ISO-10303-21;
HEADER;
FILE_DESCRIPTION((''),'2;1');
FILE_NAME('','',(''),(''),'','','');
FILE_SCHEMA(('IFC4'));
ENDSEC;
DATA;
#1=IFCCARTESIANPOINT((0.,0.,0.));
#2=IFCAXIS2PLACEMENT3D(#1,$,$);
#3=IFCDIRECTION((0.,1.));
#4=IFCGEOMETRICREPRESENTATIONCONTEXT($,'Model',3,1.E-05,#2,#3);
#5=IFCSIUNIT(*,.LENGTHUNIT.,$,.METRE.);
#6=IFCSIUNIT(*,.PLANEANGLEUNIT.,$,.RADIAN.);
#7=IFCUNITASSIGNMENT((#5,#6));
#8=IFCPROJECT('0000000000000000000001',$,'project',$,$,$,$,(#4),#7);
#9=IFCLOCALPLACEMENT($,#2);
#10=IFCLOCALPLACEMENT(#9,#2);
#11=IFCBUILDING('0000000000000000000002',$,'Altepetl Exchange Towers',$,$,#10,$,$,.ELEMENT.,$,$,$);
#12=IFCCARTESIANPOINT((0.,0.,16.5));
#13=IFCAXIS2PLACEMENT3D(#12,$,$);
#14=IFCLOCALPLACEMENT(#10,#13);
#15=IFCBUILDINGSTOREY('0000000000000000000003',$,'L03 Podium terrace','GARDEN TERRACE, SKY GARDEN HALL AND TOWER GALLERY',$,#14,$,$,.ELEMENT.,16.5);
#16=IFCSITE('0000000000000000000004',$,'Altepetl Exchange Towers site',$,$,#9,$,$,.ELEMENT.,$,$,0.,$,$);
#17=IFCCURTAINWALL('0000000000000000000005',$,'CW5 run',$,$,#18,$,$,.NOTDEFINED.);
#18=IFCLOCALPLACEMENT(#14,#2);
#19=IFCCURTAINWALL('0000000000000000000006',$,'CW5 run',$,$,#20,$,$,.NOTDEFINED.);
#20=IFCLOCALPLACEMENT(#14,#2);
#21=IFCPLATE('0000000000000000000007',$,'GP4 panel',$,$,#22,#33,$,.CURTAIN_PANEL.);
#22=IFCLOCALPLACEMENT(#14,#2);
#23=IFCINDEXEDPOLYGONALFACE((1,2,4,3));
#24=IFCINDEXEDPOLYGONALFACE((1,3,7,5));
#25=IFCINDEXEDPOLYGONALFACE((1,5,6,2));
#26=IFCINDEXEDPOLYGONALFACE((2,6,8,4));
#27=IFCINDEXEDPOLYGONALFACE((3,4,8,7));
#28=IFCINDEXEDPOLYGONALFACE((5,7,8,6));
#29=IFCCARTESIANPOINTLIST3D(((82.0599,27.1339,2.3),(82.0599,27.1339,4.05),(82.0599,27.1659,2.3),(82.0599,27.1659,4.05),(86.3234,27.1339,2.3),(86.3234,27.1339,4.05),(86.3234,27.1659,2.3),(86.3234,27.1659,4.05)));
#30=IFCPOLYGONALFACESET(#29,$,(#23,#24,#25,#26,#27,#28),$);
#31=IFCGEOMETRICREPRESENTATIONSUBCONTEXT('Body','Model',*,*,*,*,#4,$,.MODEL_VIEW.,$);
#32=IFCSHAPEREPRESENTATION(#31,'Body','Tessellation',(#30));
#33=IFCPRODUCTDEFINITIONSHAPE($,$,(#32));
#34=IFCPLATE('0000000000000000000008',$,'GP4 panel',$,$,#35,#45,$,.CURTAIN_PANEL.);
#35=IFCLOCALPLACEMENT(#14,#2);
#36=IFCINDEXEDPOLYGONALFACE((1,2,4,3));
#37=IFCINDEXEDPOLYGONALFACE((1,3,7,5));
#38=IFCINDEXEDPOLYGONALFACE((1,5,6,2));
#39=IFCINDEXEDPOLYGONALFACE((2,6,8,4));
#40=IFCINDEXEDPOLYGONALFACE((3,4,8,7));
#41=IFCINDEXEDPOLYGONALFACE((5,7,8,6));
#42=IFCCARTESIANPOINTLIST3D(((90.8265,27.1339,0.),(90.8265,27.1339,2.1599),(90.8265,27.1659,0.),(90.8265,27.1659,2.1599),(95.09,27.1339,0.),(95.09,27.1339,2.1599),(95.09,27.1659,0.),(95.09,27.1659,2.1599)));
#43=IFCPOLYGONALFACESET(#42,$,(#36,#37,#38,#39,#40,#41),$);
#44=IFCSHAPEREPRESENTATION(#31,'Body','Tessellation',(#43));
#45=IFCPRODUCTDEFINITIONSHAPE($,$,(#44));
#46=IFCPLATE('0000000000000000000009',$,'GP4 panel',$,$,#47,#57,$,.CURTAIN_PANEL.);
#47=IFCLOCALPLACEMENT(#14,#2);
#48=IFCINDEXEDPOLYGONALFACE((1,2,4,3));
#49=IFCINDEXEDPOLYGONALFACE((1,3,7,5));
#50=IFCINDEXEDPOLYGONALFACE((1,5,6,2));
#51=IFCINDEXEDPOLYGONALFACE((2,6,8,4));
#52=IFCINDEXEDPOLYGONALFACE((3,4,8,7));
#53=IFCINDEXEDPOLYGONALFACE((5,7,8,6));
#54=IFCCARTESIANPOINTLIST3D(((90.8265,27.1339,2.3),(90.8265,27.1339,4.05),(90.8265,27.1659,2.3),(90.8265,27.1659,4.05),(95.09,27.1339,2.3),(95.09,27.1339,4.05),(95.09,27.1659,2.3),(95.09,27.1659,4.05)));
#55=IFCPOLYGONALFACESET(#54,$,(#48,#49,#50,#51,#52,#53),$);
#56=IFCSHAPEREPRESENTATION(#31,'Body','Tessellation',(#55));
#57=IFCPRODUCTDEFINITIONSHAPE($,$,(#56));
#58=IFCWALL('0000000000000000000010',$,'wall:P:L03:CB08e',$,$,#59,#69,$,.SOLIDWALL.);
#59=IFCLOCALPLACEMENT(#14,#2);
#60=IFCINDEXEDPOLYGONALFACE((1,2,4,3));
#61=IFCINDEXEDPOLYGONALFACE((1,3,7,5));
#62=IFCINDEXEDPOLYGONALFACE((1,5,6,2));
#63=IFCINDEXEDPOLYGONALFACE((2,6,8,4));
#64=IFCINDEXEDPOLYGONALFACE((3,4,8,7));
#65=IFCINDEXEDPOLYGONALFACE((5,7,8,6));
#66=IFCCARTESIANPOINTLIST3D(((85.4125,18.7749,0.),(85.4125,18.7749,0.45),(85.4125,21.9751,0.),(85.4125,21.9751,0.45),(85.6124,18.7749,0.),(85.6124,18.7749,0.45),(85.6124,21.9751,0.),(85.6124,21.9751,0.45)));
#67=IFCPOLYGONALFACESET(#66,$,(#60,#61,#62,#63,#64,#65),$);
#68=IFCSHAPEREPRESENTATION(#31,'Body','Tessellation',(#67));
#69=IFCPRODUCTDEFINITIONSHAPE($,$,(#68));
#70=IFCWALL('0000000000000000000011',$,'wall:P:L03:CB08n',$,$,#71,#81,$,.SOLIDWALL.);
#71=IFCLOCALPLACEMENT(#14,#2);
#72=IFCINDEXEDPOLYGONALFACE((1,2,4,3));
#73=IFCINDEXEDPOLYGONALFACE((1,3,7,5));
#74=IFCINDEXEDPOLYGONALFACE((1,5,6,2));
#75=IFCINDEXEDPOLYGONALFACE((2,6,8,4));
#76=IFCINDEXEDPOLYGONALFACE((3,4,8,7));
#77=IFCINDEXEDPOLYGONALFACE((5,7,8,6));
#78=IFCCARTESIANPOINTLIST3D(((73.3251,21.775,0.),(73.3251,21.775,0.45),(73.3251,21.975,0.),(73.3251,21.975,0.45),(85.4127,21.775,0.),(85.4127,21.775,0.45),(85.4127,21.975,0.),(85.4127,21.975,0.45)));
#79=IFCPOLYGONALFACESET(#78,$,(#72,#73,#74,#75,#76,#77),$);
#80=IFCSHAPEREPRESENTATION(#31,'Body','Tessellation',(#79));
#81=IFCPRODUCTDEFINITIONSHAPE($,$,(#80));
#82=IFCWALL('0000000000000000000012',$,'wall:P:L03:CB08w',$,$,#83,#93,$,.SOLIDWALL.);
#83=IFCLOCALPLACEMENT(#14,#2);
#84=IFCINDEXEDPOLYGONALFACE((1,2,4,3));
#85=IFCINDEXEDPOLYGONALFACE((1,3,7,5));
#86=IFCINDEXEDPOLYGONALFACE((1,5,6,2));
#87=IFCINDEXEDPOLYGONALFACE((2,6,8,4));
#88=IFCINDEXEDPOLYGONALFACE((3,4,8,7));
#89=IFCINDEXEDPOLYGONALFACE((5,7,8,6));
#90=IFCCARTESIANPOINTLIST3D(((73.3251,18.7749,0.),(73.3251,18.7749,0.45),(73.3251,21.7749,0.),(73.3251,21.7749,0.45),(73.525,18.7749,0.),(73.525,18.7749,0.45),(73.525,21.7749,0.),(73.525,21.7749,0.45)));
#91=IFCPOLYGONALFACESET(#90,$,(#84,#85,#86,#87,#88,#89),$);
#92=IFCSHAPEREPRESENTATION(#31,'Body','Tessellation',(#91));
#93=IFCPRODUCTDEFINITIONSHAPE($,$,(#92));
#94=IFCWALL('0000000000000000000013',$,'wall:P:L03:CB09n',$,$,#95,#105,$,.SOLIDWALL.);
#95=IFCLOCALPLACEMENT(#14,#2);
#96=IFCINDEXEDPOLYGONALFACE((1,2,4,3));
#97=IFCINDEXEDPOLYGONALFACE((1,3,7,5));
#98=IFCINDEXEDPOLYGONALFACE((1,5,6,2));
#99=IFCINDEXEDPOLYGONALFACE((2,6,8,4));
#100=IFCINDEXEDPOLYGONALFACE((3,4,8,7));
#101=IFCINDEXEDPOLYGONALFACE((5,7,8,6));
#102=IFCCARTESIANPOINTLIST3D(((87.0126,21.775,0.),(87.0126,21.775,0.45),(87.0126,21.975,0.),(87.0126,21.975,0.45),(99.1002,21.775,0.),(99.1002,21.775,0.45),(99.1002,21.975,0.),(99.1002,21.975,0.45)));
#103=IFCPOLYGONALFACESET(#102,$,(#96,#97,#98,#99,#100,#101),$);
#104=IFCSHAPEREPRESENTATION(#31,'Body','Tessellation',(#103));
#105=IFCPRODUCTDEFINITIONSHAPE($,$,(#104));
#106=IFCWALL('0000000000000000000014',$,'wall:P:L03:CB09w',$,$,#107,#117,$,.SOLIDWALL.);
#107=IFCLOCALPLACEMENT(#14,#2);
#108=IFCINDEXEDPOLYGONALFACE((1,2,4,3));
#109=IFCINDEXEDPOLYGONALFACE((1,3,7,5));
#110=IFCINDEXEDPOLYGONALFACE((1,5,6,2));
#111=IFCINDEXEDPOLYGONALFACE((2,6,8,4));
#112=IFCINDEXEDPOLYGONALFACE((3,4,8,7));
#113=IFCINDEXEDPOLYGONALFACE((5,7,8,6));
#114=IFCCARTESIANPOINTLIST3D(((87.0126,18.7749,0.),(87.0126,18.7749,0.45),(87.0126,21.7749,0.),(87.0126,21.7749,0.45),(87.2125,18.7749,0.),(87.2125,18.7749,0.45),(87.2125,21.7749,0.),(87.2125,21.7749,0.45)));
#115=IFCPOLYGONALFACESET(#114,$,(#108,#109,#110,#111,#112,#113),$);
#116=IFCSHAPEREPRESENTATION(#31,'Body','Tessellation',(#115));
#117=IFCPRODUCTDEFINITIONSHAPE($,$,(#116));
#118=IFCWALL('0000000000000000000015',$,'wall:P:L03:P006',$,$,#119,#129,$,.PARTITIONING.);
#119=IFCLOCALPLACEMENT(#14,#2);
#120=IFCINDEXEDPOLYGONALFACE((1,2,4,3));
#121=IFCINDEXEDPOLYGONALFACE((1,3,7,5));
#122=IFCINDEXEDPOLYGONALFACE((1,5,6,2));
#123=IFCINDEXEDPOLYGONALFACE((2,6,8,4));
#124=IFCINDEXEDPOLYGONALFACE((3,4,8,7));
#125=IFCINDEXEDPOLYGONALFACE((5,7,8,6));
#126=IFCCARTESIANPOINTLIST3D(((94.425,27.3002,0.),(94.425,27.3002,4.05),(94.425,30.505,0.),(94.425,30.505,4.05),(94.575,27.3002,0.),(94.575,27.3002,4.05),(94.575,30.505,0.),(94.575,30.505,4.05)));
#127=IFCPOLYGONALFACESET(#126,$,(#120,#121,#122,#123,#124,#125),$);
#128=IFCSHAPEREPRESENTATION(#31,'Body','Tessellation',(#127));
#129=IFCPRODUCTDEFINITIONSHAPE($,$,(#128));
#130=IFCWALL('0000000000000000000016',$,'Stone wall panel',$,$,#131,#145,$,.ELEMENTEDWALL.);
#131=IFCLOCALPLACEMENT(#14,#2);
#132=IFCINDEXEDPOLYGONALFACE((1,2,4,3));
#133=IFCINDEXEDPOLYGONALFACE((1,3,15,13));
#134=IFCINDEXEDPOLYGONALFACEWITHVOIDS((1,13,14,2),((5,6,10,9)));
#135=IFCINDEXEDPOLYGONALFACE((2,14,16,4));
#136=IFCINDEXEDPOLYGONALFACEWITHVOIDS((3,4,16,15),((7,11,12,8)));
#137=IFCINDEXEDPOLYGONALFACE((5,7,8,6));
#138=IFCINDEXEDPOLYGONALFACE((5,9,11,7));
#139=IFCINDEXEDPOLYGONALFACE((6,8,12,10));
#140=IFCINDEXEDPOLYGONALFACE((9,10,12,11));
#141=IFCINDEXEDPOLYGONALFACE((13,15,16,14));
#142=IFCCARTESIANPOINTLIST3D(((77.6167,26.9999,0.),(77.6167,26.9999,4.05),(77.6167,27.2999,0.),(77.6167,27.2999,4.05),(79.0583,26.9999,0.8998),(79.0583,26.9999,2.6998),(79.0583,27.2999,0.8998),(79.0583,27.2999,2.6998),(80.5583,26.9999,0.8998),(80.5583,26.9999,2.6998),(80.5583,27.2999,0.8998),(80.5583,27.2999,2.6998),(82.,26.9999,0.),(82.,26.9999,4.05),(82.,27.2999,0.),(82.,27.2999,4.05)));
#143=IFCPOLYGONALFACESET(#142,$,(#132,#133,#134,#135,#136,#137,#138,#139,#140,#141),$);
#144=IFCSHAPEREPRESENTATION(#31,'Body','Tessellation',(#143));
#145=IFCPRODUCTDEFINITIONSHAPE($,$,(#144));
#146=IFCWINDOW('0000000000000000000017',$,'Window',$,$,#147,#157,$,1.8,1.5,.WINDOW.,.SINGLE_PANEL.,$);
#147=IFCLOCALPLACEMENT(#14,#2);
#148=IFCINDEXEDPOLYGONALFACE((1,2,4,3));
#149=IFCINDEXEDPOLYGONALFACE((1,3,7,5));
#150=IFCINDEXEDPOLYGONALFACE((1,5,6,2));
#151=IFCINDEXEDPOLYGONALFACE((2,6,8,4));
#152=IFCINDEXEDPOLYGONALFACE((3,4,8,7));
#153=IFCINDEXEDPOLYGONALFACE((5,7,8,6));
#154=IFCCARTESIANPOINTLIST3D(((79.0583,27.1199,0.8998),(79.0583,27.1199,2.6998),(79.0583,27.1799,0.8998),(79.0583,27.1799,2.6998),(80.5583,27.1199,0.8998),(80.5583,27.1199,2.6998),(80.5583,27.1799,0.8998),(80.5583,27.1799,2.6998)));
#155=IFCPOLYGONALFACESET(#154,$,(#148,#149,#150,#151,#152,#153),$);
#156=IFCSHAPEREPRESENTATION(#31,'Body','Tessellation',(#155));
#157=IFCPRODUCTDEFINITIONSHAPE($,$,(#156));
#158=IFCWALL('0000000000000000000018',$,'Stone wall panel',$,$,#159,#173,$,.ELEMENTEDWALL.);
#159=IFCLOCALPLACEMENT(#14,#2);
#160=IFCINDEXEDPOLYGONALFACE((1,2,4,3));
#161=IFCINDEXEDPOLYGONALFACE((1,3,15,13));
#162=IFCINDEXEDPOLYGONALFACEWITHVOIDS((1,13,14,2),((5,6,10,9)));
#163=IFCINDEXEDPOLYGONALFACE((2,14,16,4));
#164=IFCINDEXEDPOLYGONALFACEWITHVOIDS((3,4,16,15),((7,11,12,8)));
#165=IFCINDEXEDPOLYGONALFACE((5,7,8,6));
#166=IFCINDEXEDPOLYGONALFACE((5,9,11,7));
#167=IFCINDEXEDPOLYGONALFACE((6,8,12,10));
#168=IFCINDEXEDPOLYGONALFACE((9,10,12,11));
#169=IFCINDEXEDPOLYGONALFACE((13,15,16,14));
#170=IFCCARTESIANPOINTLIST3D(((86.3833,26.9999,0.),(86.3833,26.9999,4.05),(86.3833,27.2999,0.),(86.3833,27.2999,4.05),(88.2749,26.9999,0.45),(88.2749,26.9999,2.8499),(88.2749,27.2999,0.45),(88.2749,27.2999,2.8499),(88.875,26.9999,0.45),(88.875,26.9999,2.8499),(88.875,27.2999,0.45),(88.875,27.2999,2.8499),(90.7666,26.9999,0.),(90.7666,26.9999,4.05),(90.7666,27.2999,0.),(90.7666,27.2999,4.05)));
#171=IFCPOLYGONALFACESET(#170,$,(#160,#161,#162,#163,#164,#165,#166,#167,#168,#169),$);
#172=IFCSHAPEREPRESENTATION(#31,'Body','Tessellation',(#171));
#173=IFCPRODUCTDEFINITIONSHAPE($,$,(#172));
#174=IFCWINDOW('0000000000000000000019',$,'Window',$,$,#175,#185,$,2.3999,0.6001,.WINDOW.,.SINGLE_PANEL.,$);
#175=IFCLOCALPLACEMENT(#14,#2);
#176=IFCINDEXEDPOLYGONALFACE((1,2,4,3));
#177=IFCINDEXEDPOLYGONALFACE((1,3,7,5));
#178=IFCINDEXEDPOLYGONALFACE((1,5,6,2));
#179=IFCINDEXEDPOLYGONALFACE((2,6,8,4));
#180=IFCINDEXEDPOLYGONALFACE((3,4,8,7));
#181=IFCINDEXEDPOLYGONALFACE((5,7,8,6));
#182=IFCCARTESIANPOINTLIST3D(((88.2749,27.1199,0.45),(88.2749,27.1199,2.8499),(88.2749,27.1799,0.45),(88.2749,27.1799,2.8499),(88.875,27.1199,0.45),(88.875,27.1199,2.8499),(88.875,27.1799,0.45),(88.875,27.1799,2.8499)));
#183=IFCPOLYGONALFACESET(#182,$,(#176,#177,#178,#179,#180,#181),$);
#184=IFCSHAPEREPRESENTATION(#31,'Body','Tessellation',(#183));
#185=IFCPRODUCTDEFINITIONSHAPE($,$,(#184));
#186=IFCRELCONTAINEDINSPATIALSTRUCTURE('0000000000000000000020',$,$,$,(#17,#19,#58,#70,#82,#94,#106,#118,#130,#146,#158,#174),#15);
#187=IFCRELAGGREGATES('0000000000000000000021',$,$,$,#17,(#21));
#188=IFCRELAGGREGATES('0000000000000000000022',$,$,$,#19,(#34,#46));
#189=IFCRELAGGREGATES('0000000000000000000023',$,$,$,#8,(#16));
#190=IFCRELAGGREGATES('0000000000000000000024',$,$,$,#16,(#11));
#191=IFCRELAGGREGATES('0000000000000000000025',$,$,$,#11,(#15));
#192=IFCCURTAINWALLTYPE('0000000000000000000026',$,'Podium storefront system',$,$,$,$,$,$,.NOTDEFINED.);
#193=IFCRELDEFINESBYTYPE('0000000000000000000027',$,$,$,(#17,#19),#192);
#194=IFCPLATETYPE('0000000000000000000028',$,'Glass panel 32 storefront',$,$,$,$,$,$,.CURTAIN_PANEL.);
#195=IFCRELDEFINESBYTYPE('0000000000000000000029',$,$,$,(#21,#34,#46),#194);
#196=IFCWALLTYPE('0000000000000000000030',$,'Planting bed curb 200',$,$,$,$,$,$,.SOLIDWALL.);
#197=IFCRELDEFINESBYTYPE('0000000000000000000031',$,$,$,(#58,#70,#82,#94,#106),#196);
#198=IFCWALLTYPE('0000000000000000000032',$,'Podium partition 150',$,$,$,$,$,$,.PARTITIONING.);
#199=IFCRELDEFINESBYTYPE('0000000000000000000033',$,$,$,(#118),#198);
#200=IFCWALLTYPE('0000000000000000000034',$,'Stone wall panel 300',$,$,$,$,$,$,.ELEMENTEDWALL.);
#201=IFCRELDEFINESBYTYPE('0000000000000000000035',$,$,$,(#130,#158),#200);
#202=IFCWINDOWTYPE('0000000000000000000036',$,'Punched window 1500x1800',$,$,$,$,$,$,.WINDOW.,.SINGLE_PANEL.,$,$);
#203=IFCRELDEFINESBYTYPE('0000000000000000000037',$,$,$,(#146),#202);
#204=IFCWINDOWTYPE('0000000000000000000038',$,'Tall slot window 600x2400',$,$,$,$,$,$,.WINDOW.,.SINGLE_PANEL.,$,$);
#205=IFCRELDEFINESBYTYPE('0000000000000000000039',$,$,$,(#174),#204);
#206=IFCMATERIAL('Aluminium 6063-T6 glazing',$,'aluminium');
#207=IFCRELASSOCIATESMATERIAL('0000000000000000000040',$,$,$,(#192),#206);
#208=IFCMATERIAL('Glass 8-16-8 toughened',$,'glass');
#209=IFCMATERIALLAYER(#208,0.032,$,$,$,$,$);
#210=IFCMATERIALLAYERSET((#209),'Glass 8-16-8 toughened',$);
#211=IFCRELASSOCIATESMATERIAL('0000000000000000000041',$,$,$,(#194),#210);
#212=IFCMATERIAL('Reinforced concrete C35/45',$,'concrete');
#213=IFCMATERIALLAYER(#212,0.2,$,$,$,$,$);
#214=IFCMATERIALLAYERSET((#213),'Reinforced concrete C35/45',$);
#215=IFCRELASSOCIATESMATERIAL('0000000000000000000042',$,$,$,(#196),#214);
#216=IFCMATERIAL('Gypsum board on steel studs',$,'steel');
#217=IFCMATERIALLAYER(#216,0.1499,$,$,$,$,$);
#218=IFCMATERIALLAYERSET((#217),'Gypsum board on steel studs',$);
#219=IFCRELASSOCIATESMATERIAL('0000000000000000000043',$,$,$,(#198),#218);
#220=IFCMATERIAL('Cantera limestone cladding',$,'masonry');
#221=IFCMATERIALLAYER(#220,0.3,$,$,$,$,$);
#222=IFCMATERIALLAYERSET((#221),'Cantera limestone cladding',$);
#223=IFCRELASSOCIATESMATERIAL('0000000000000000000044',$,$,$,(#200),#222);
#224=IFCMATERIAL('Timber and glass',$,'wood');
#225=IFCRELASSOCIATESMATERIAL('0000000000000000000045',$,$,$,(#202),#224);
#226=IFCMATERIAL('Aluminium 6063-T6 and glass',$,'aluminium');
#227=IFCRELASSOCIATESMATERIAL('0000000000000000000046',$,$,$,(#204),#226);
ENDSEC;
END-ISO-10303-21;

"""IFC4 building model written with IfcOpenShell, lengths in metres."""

from ifc_helpers import new_model, si_unit, direction, frame, frame_2d, origin, origin_2d, place, context, subcontext, project, spatial, rectangle, extrude, material, layer, layer_set, type_object, element, fill, aggregate, save


model = new_model("IFC4")

# Units and contexts
model_context = context("Model", 3, precision=1e-05, world=origin(), true_north=direction((0.0, 1.0)))
body_context = subcontext(model_context, "Body", "Model", "MODEL_VIEW")
ifc_project = project(units=[si_unit("LENGTHUNIT", "METRE"), si_unit("PLANEANGLEUNIT", "RADIAN")], contexts=[model_context])

# Site, building, storey
site_placement = place(None, origin())
site = spatial("IfcSite", under=ifc_project, at=site_placement, Name="Altepetl Exchange Towers site", CompositionType="ELEMENT", RefElevation=0.0)
building_placement = place(site_placement, origin())
building = spatial("IfcBuilding", under=site, at=building_placement, Name="Altepetl Exchange Towers", CompositionType="ELEMENT")
storey_placement = place(building_placement, frame((0.0, 0.0, 16.5)))
storey = spatial("IfcBuildingStorey", under=building, at=storey_placement, Name="L03 Podium terrace", Description="GARDEN TERRACE, SKY GARDEN HALL AND TOWER GALLERY", CompositionType="ELEMENT", Elevation=16.5)

# Curtain wall
ifc_material_1 = material(Name="Aluminium 6063-T6 glazing", Category="aluminium")
curtain_wall_type = type_object("IfcCurtainWallType", Name="Podium storefront system", PredefinedType="NOTDEFINED", material=ifc_material_1)
curtain_wall_1_placement = place(storey_placement, origin())
curtain_wall_1 = element("IfcCurtainWall", 1, at=curtain_wall_1_placement, inside=storey, type_object=curtain_wall_type, Name="CW5 run", PredefinedType="NOTDEFINED")

# Curtain wall
curtain_wall_2_placement = place(storey_placement, origin())
curtain_wall_2 = element("IfcCurtainWall", 2, at=curtain_wall_2_placement, inside=storey, type_object=curtain_wall_type, Name="CW5 run", PredefinedType="NOTDEFINED")

# Plates
ifc_material_2 = material(Name="Glass 8-16-8 toughened", Category="glass")
ifc_layer_1 = layer(ifc_material_2, 0.032)
ifc_layer_set_1 = layer_set([ifc_layer_1], Name="Glass 8-16-8 toughened")
plate_type = type_object("IfcPlateType", Name="Glass panel 32 storefront", PredefinedType="CURTAIN_PANEL", material=ifc_layer_set_1)
plate_1_placement = place(storey_placement, frame((84.1917, 27.1499, 2.3)))
plate_1 = element("IfcPlate", 3, at=plate_1_placement, type_object=plate_type, Name="GP4 panel", PredefinedType="CURTAIN_PANEL", context=body_context, shape_type="SweptSolid", body=[
    extrude(rectangle(XDim=4.2634, YDim=0.032, at=origin_2d()), origin(), (0.0, 0.0, 1.0), 1.75),
])
aggregate(curtain_wall_1, [plate_1])
plate_2_placement = place(storey_placement, frame((92.9583, 27.1499, 0.0)))
plate_2 = element("IfcPlate", 4, at=plate_2_placement, type_object=plate_type, Name="GP4 panel", PredefinedType="CURTAIN_PANEL", context=body_context, shape_type="SweptSolid", body=[
    extrude(rectangle(XDim=4.2634, YDim=0.032, at=origin_2d()), origin(), (0.0, 0.0, 1.0), 2.1599),
])
plate_3_placement = place(storey_placement, frame((92.9583, 27.1499, 2.3)))
plate_3 = element("IfcPlate", 5, at=plate_3_placement, type_object=plate_type, Name="GP4 panel", PredefinedType="CURTAIN_PANEL", context=body_context, shape_type="SweptSolid", body=[
    extrude(rectangle(XDim=4.2634, YDim=0.032, at=origin_2d()), origin(), (0.0, 0.0, 1.0), 1.75),
])
aggregate(curtain_wall_2, [plate_2, plate_3])

# Walls
ifc_material_3 = material(Name="Reinforced concrete C35/45", Category="concrete")
ifc_layer_2 = layer(ifc_material_3, 0.2)
ifc_layer_set_2 = layer_set([ifc_layer_2], Name="Reinforced concrete C35/45")
wall_type_1 = type_object("IfcWallType", Name="Planting bed curb 200", PredefinedType="SOLIDWALL", material=ifc_layer_set_2)
wall_1_placement = place(storey_placement, frame((85.5125, 18.7749, 0.0), z_axis=(0.0, 0.0, 1.0), x_axis=(0.0, 1.0, 0.0)))
element("IfcWall", 6, at=wall_1_placement, inside=storey, type_object=wall_type_1, Name="wall:P:L03:CB08e", PredefinedType="SOLIDWALL", context=body_context, shape_type="SweptSolid", body=[
    extrude(rectangle(XDim=3.2002, YDim=0.2, at=frame_2d((1.6001, 0.0))), origin(), (0.0, 0.0, 1.0), 0.45),
])
wall_2_placement = place(storey_placement, frame((73.325, 21.875, 0.0)))
element("IfcWall", 7, at=wall_2_placement, inside=storey, type_object=wall_type_1, Name="wall:P:L03:CB08n", PredefinedType="SOLIDWALL", context=body_context, shape_type="SweptSolid", body=[
    extrude(rectangle(XDim=12.0876, YDim=0.2, at=frame_2d((6.0439, 0.0))), origin(), (0.0, 0.0, 1.0), 0.45),
])
wall_3_placement = place(storey_placement, frame((73.425, 18.7749, 0.0), z_axis=(0.0, 0.0, 1.0), x_axis=(0.0, 1.0, 0.0)))
element("IfcWall", 8, at=wall_3_placement, inside=storey, type_object=wall_type_1, Name="wall:P:L03:CB08w", PredefinedType="SOLIDWALL", context=body_context, shape_type="SweptSolid", body=[
    extrude(rectangle(XDim=3.0, YDim=0.2, at=frame_2d((1.5, 0.0))), origin(), (0.0, 0.0, 1.0), 0.45),
])
wall_4_placement = place(storey_placement, frame((87.0125, 21.875, 0.0)))
element("IfcWall", 9, at=wall_4_placement, inside=storey, type_object=wall_type_1, Name="wall:P:L03:CB09n", PredefinedType="SOLIDWALL", context=body_context, shape_type="SweptSolid", body=[
    extrude(rectangle(XDim=12.0876, YDim=0.2, at=frame_2d((6.0439, 0.0))), origin(), (0.0, 0.0, 1.0), 0.45),
])
wall_5_placement = place(storey_placement, frame((87.1125, 18.7749, 0.0), z_axis=(0.0, 0.0, 1.0), x_axis=(0.0, 1.0, 0.0)))
element("IfcWall", 10, at=wall_5_placement, inside=storey, type_object=wall_type_1, Name="wall:P:L03:CB09w", PredefinedType="SOLIDWALL", context=body_context, shape_type="SweptSolid", body=[
    extrude(rectangle(XDim=3.0, YDim=0.2, at=frame_2d((1.5, 0.0))), origin(), (0.0, 0.0, 1.0), 0.45),
])
ifc_material_4 = material(Name="Gypsum board on steel studs", Category="steel")
ifc_layer_3 = layer(ifc_material_4, 0.1499)
ifc_layer_set_3 = layer_set([ifc_layer_3], Name="Gypsum board on steel studs")
wall_type_2 = type_object("IfcWallType", Name="Podium partition 150", PredefinedType="PARTITIONING", material=ifc_layer_set_3)
wall_6_placement = place(storey_placement, frame((94.5, 27.3, 0.0), z_axis=(0.0, 0.0, 1.0), x_axis=(0.0, 1.0, 0.0)))
element("IfcWall", 11, at=wall_6_placement, inside=storey, type_object=wall_type_2, Name="wall:P:L03:P006", PredefinedType="PARTITIONING", context=body_context, shape_type="SweptSolid", body=[
    extrude(rectangle(XDim=3.2048, YDim=0.1499, at=frame_2d((1.6025, 0.0))), origin(), (0.0, 0.0, 1.0), 4.05),
])

# Walls, openings, windows
ifc_material_5 = material(Name="Cantera limestone cladding", Category="masonry")
ifc_layer_4 = layer(ifc_material_5, 0.3)
ifc_layer_set_4 = layer_set([ifc_layer_4], Name="Cantera limestone cladding")
wall_type_3 = type_object("IfcWallType", Name="Stone wall panel 300", PredefinedType="ELEMENTEDWALL", material=ifc_layer_set_4)
wall_7_placement = place(storey_placement, frame((77.6167, 27.1499, 0.0)))
wall_7 = element("IfcWall", 12, at=wall_7_placement, inside=storey, type_object=wall_type_3, Name="Stone wall panel", PredefinedType="ELEMENTEDWALL", context=body_context, shape_type="SweptSolid", body=[
    extrude(rectangle(XDim=4.3833, YDim=0.3, at=frame_2d((2.1917, 0.0))), origin(), (0.0, 0.0, 1.0), 4.05),
])
opening_1_placement = place(wall_7_placement, frame((1.4417, 0.0, 0.8999)))
opening_1 = element("IfcOpeningElement", 13, at=opening_1_placement, cuts=wall_7, PredefinedType="OPENING", context=body_context, shape_type="SweptSolid", body=[
    extrude(rectangle(XDim=1.5, YDim=1.8, at=frame_2d((0.75, 0.8999))), frame((0.0, 0.1602, 0.0), z_axis=(0.0, -1.0, 0.0), x_axis=(1.0, 0.0, 0.0)), (0.0, 0.0, 1.0), 0.3201),
])
ifc_material_6 = material(Name="Timber and glass", Category="wood")
window_type_1 = type_object("IfcWindowType", Name="Punched window 1500x1800", PartitioningType="SINGLE_PANEL", PredefinedType="WINDOW", material=ifc_material_6)
window_1_placement = place(opening_1_placement, origin())
window_1 = element("IfcWindow", 14, at=window_1_placement, inside=storey, type_object=window_type_1, Name="Window", OverallHeight=1.8, OverallWidth=1.5, PartitioningType="SINGLE_PANEL", PredefinedType="WINDOW", context=body_context, shape_type="SweptSolid", body=[
    extrude(rectangle(XDim=1.5, YDim=1.8, at=frame_2d((0.75, 0.8999))), frame((0.0, 0.03, 0.0), z_axis=(0.0, -1.0, 0.0), x_axis=(1.0, 0.0, 0.0)), (0.0, 0.0, 1.0), 0.0601),
])
fill(opening_1, window_1)
wall_8_placement = place(storey_placement, frame((86.3833, 27.1499, 0.0)))
wall_8 = element("IfcWall", 15, at=wall_8_placement, inside=storey, type_object=wall_type_3, Name="Stone wall panel", PredefinedType="ELEMENTEDWALL", context=body_context, shape_type="SweptSolid", body=[
    extrude(rectangle(XDim=4.3833, YDim=0.3, at=frame_2d((2.1917, 0.0))), origin(), (0.0, 0.0, 1.0), 4.05),
])
opening_2_placement = place(wall_8_placement, frame((1.8916, 0.0, 0.45)))
opening_2 = element("IfcOpeningElement", 16, at=opening_2_placement, cuts=wall_8, PredefinedType="OPENING", context=body_context, shape_type="SweptSolid", body=[
    extrude(rectangle(XDim=0.6001, YDim=2.3999, at=frame_2d((0.3, 1.2))), frame((0.0, 0.1602, 0.0), z_axis=(0.0, -1.0, 0.0), x_axis=(1.0, 0.0, 0.0)), (0.0, 0.0, 1.0), 0.3201),
])
ifc_material_7 = material(Name="Aluminium 6063-T6 and glass", Category="aluminium")
window_type_2 = type_object("IfcWindowType", Name="Tall slot window 600x2400", PartitioningType="SINGLE_PANEL", PredefinedType="WINDOW", material=ifc_material_7)
window_2_placement = place(opening_2_placement, origin())
window_2 = element("IfcWindow", 17, at=window_2_placement, inside=storey, type_object=window_type_2, Name="Window", OverallHeight=2.3999, OverallWidth=0.6001, PartitioningType="SINGLE_PANEL", PredefinedType="WINDOW", context=body_context, shape_type="SweptSolid", body=[
    extrude(rectangle(XDim=0.6001, YDim=2.3999, at=frame_2d((0.3, 1.2))), frame((0.0, 0.03, 0.0), z_axis=(0.0, -1.0, 0.0), x_axis=(1.0, 0.0, 0.0)), (0.0, 0.0, 1.0), 0.0601),
])
fill(opening_2, window_2)

save(model, "model.ifc")
